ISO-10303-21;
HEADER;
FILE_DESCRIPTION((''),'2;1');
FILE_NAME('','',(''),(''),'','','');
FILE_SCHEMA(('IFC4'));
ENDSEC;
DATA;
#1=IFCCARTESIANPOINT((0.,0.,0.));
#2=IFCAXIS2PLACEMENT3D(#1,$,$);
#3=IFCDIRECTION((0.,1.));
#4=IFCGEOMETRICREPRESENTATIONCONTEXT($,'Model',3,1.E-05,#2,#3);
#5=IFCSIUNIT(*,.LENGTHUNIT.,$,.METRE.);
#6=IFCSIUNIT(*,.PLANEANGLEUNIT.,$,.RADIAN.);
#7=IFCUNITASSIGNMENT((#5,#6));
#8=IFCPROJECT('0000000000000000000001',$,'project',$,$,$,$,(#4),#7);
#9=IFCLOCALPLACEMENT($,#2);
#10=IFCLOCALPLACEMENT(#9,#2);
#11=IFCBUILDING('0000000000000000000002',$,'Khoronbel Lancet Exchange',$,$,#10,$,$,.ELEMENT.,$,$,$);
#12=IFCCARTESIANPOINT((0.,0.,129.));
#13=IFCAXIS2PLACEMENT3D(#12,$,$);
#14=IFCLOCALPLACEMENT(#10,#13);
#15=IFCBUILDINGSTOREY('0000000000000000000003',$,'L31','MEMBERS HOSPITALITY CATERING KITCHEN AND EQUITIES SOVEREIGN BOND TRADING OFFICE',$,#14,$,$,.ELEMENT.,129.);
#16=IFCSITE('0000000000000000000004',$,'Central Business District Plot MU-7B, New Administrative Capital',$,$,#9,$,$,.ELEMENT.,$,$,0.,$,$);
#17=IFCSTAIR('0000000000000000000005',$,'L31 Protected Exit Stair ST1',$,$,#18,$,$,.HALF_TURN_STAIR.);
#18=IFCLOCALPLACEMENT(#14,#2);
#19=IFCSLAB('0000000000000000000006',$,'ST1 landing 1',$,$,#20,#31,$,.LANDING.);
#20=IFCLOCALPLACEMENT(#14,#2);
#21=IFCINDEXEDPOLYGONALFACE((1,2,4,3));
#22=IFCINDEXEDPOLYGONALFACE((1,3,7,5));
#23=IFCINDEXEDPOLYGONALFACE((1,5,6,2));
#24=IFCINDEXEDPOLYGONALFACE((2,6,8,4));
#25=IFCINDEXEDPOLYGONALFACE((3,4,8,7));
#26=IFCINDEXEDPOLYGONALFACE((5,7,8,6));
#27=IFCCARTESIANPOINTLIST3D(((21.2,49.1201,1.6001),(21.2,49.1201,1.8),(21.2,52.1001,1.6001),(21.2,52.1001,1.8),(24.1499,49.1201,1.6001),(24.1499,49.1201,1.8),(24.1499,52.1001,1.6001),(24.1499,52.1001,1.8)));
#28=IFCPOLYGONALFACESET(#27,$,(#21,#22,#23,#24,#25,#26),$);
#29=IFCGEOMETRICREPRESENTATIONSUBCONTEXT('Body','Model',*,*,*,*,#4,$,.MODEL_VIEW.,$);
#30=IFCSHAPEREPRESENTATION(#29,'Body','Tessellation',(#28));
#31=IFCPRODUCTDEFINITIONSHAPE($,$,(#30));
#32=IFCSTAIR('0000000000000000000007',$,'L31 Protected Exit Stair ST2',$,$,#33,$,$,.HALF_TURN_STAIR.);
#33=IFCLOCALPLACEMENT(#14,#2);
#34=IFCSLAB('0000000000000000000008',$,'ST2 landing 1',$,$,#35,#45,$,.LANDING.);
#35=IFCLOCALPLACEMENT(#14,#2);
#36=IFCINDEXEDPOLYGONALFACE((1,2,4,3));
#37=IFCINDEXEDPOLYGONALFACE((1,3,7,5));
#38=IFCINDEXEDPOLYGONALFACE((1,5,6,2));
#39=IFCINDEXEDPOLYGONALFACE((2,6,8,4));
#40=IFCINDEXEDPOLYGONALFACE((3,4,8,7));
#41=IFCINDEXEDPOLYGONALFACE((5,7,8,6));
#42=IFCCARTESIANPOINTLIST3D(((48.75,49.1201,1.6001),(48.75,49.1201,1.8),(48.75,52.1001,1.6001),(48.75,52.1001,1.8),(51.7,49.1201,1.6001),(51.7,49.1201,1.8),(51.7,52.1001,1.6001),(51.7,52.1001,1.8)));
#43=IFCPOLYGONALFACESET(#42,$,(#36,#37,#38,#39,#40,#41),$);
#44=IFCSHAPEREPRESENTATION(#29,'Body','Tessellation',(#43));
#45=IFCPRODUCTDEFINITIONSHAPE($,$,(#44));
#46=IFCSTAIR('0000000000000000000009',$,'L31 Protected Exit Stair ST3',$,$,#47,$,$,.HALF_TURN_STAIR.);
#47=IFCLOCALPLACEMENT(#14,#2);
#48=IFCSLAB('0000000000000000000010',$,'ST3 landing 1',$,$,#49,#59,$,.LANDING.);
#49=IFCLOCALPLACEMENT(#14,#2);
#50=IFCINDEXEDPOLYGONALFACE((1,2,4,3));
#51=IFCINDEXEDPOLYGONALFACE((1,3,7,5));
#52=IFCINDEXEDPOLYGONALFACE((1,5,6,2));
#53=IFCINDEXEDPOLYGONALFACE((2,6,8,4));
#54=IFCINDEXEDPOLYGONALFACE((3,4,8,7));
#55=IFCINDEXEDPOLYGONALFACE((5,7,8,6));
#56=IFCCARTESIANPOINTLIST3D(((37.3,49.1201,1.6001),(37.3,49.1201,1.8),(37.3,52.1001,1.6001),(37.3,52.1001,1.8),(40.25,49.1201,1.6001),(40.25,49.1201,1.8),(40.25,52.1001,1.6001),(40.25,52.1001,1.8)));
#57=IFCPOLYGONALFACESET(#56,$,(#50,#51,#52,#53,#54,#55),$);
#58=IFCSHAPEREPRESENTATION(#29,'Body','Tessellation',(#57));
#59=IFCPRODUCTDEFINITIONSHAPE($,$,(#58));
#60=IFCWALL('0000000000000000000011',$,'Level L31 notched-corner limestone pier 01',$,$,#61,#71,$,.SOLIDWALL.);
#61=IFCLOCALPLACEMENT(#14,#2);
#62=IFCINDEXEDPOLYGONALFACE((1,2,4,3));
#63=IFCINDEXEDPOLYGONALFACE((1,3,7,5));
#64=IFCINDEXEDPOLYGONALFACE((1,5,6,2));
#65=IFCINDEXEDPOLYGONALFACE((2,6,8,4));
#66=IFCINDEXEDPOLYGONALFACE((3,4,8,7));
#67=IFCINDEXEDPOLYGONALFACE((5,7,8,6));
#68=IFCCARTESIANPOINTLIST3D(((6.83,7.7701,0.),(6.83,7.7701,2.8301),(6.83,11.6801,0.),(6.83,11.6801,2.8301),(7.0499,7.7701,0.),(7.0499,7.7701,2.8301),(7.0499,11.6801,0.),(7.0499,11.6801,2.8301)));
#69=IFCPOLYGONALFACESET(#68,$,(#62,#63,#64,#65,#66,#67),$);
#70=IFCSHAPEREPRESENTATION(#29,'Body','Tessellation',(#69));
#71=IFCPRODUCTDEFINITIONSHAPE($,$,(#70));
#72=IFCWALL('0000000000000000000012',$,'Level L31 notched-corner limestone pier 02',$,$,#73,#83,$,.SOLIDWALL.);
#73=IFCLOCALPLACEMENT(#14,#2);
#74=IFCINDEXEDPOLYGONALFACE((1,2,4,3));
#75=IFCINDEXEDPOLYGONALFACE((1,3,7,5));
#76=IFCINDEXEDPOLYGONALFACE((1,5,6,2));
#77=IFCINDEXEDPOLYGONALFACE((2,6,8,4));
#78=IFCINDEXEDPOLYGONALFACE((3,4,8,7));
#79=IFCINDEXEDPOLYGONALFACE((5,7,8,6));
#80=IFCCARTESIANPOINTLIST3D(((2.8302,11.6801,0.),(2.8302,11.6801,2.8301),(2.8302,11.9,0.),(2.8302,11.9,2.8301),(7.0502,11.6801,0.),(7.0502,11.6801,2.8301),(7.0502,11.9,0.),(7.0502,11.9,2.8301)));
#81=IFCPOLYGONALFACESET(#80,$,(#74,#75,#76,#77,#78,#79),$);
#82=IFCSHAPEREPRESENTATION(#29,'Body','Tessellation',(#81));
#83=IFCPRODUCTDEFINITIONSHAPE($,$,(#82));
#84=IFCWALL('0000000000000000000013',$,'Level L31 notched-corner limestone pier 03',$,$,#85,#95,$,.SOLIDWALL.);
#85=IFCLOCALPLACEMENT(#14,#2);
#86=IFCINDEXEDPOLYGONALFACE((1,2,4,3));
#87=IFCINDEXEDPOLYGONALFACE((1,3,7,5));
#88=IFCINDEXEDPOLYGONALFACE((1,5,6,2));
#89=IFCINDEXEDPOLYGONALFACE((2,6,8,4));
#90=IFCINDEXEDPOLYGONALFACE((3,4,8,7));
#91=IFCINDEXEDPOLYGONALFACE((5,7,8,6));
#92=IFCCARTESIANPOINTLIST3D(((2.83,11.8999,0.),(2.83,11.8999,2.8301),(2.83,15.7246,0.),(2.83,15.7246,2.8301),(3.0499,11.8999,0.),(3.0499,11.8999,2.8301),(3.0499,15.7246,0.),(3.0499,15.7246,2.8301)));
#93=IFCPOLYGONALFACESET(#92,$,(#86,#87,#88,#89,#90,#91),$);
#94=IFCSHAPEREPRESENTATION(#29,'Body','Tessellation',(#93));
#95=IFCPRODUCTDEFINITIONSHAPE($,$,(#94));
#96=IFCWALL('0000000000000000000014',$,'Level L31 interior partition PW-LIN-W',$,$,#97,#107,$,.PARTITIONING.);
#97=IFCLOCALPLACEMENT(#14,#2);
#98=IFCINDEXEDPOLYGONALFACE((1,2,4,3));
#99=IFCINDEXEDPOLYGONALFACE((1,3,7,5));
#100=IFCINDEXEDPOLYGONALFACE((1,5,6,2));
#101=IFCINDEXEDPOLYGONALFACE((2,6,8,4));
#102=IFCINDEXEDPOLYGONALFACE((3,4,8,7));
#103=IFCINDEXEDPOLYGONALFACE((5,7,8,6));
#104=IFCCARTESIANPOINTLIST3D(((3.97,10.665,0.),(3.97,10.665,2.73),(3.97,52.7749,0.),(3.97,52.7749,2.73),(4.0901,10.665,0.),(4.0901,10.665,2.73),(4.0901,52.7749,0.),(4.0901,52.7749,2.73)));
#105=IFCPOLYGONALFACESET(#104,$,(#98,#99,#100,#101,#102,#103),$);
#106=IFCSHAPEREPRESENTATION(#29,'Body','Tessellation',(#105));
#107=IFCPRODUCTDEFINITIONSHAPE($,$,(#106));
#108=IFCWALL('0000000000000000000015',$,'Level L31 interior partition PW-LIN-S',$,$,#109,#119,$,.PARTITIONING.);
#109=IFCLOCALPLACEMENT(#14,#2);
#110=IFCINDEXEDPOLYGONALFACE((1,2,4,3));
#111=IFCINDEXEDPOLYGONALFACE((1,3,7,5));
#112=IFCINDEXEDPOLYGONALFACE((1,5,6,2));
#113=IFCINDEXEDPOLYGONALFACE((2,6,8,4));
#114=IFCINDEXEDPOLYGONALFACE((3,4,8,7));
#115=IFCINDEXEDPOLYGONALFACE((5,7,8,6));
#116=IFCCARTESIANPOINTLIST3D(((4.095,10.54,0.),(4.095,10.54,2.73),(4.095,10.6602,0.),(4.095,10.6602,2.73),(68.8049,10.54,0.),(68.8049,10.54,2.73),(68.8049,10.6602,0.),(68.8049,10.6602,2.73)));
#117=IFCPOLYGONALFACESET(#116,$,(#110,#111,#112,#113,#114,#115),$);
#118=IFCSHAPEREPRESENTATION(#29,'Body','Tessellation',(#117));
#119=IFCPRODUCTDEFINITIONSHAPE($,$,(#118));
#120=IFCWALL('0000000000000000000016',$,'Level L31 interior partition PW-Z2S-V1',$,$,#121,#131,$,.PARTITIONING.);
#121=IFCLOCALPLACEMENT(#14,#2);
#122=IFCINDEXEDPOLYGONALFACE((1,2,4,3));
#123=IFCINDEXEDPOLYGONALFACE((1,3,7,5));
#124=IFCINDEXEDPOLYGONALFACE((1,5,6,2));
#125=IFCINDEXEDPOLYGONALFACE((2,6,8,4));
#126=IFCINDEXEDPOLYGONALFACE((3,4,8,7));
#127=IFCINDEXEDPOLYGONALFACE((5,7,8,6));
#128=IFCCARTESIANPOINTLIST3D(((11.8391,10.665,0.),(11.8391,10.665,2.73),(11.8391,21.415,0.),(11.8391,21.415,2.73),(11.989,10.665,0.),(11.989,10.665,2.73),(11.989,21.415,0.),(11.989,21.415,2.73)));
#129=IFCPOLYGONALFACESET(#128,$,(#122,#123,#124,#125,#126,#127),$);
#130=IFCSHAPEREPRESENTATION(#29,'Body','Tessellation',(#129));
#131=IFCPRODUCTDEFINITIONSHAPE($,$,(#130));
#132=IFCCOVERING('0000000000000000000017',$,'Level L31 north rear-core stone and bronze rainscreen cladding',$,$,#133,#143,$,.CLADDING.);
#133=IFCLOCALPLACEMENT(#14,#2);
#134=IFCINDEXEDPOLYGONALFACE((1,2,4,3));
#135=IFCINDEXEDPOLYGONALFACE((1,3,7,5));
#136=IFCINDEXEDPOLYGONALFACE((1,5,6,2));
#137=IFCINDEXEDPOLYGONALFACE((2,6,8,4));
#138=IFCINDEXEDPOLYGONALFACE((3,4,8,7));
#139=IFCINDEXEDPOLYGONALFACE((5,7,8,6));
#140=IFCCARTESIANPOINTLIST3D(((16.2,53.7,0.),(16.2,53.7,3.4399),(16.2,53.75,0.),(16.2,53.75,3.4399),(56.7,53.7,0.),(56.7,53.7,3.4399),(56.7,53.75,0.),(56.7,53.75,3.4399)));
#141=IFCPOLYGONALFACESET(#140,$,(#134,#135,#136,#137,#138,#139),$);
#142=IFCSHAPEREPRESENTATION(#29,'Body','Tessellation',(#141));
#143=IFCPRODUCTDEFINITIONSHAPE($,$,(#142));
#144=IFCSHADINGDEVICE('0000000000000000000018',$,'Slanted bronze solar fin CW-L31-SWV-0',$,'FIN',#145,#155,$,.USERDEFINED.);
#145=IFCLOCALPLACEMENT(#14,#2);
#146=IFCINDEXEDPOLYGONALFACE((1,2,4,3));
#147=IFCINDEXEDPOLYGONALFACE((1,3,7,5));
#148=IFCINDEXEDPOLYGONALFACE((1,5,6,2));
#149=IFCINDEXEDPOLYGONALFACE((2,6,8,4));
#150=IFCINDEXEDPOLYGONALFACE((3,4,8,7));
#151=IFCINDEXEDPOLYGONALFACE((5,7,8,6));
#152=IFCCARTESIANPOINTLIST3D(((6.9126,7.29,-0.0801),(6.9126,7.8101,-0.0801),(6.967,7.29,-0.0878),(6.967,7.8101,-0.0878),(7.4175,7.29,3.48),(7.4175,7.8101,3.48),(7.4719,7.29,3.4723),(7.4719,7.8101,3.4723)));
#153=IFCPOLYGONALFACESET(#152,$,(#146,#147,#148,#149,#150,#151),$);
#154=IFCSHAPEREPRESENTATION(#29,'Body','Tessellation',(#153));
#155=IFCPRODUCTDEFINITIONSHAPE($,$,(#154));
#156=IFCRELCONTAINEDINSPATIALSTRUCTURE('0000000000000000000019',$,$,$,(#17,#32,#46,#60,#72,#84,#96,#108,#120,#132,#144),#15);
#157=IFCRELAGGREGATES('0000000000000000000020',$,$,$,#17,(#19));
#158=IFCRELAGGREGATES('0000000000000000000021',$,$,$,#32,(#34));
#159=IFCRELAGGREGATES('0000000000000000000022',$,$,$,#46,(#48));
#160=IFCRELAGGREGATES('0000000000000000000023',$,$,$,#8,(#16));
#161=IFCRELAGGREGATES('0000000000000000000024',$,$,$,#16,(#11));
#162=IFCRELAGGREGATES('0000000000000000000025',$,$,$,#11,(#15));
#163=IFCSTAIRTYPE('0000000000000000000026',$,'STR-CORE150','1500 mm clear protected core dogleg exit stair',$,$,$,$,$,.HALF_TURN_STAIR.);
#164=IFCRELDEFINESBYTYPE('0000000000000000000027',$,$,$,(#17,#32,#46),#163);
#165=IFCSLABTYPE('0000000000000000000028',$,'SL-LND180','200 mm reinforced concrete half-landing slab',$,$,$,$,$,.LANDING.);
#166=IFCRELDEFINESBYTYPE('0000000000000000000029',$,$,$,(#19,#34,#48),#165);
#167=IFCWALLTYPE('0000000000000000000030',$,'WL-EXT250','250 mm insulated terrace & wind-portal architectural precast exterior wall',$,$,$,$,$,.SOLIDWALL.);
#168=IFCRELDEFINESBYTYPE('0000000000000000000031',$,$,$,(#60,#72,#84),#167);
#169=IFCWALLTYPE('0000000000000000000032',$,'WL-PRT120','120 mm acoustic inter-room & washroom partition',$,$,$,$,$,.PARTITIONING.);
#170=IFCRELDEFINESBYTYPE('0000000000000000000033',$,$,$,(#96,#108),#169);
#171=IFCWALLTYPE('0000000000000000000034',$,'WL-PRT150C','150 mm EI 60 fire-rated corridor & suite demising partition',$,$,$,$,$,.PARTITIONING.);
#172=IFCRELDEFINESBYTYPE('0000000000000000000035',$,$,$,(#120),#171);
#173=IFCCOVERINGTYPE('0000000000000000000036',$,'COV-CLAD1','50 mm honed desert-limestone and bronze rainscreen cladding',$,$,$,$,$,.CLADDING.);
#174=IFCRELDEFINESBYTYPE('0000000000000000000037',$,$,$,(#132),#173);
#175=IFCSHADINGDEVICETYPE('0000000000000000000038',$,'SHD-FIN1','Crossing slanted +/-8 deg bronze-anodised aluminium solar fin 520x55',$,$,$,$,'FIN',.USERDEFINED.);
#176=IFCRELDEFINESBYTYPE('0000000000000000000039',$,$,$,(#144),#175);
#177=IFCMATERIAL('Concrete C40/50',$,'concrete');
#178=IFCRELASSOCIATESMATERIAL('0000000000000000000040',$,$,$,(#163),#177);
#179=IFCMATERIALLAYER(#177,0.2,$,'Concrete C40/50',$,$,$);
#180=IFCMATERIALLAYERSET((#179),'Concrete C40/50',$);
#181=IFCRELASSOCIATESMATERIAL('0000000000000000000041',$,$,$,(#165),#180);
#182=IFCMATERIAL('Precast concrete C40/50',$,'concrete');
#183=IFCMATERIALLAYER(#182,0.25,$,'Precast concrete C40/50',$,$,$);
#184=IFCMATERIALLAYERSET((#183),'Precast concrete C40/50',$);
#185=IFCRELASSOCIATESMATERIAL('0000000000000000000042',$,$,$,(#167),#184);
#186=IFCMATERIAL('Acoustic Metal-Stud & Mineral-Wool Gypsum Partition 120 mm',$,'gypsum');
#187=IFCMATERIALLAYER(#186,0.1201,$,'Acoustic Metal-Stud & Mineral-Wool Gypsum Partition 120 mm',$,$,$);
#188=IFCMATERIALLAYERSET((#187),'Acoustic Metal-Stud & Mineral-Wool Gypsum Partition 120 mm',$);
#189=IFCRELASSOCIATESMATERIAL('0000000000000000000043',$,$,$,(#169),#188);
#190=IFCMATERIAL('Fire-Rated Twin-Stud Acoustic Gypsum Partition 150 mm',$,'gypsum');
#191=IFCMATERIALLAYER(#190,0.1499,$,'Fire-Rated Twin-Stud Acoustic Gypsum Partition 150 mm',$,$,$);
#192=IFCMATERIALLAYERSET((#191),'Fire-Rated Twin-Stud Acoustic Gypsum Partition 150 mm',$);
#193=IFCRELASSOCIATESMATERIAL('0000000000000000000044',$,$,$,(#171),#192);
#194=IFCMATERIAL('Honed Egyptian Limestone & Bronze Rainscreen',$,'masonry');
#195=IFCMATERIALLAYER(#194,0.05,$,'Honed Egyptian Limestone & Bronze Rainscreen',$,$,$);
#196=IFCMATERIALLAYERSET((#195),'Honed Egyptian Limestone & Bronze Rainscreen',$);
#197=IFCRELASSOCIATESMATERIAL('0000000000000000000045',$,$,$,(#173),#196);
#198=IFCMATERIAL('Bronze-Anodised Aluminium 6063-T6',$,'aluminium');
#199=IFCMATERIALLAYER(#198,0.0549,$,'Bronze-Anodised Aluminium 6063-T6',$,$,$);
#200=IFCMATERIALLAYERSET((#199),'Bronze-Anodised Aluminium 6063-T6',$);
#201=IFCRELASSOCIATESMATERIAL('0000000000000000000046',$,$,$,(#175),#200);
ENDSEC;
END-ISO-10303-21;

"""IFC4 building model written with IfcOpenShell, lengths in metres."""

from ifc_helpers import new_model, si_unit, direction, frame, frame_2d, origin, place, context, subcontext, project, spatial, polyline, rectangle, outline, extrude, material, layer, layer_set, type_object, element, aggregate, save


model = new_model("IFC4")

# Units and contexts
model_context = context("Model", 3, precision=1e-05, world=origin(), true_north=direction((0.0, 1.0)))
body_context = subcontext(model_context, "Body", "Model", "MODEL_VIEW")
ifc_project = project(units=[si_unit("LENGTHUNIT", "METRE"), si_unit("PLANEANGLEUNIT", "RADIAN")], contexts=[model_context])

# Site, building, storey
site_placement = place(None, origin())
site = spatial("IfcSite", under=ifc_project, at=site_placement, Name="Central Business District Plot MU-7B, New Administrative Capital", CompositionType="ELEMENT", RefElevation=0.0)
building_placement = place(site_placement, origin())
building = spatial("IfcBuilding", under=site, at=building_placement, Name="Khoronbel Lancet Exchange", CompositionType="ELEMENT")
storey_placement = place(building_placement, frame((0.0, 0.0, 129.0)))
storey = spatial("IfcBuildingStorey", under=building, at=storey_placement, Name="L31", Description="MEMBERS HOSPITALITY CATERING KITCHEN AND EQUITIES SOVEREIGN BOND TRADING OFFICE", CompositionType="ELEMENT", Elevation=129.0)

# Shared definitions
ifc_material_1 = material(Name="Bronze-Anodised Aluminium 6063-T6", Category="aluminium")

# Shared definitions
ifc_material_2 = material(Name="Concrete C40/50", Category="concrete")

# Stairs, slabs
stair_type = type_object("IfcStairType", Name="STR-CORE150", Description="1500 mm clear protected core dogleg exit stair", PredefinedType="HALF_TURN_STAIR", material=ifc_material_2)
stair_1_placement = place(storey_placement, origin())
stair_1 = element("IfcStair", 1, at=stair_1_placement, inside=storey, type_object=stair_type, Name="L31 Protected Exit Stair ST1", PredefinedType="HALF_TURN_STAIR")
ifc_layer_1 = layer(ifc_material_2, 0.2, Name="Concrete C40/50")
ifc_layer_set_1 = layer_set([ifc_layer_1], Name="Concrete C40/50")
slab_type_1 = type_object("IfcSlabType", Name="SL-LND180", Description="200 mm reinforced concrete half-landing slab", PredefinedType="LANDING", material=ifc_layer_set_1)
slab_1_placement = place(storey_placement, frame((0.0, 0.0, 1.6001)))
slab_1 = element("IfcSlab", 2, at=slab_1_placement, type_object=slab_type_1, Name="ST1 landing 1", PredefinedType="LANDING", context=body_context, shape_type="SweptSolid", body=[
    extrude(outline(polyline([(21.2, 49.1201), (24.1499, 49.1201), (24.1499, 52.1001), (21.2, 52.1001), (21.2, 49.1201)])), origin(), (0.0, 0.0, 1.0), 0.2),
])
aggregate(stair_1, [slab_1])
stair_2_placement = place(storey_placement, origin())
stair_2 = element("IfcStair", 3, at=stair_2_placement, inside=storey, type_object=stair_type, Name="L31 Protected Exit Stair ST2", PredefinedType="HALF_TURN_STAIR")
slab_2_placement = place(storey_placement, frame((0.0, 0.0, 1.6001)))
slab_2 = element("IfcSlab", 4, at=slab_2_placement, type_object=slab_type_1, Name="ST2 landing 1", PredefinedType="LANDING", context=body_context, shape_type="SweptSolid", body=[
    extrude(outline(polyline([(51.7, 52.1001), (48.75, 52.1001), (48.75, 49.1201), (51.7, 49.1201), (51.7, 52.1001)])), origin(), (0.0, 0.0, 1.0), 0.2),
])
aggregate(stair_2, [slab_2])
stair_3_placement = place(storey_placement, origin())
stair_3 = element("IfcStair", 5, at=stair_3_placement, inside=storey, type_object=stair_type, Name="L31 Protected Exit Stair ST3", PredefinedType="HALF_TURN_STAIR")
slab_3_placement = place(storey_placement, frame((0.0, 0.0, 1.6001)))
slab_3 = element("IfcSlab", 6, at=slab_3_placement, type_object=slab_type_1, Name="ST3 landing 1", PredefinedType="LANDING", context=body_context, shape_type="SweptSolid", body=[
    extrude(outline(polyline([(37.3, 49.1201), (40.25, 49.1201), (40.25, 52.1001), (37.3, 52.1001), (37.3, 49.1201)])), origin(), (0.0, 0.0, 1.0), 0.2),
])
aggregate(stair_3, [slab_3])

# Walls
ifc_material_3 = material(Name="Precast concrete C40/50", Category="concrete")
ifc_layer_2 = layer(ifc_material_3, 0.25, Name="Precast concrete C40/50")
ifc_layer_set_2 = layer_set([ifc_layer_2], Name="Precast concrete C40/50")
wall_type_1 = type_object("IfcWallType", Name="WL-EXT250", Description="250 mm insulated terrace & wind-portal architectural precast exterior wall", PredefinedType="SOLIDWALL", material=ifc_layer_set_2)
wall_1_placement = place(storey_placement, frame((6.9399, 7.77, 0.0), z_axis=(0.0, 0.0, 1.0), x_axis=(0.0, 1.0, 0.0)))
element("IfcWall", 7, at=wall_1_placement, inside=storey, type_object=wall_type_1, Name="Level L31 notched-corner limestone pier 01", PredefinedType="SOLIDWALL", context=body_context, shape_type="SweptSolid", body=[
    extrude(rectangle(XDim=3.9099, YDim=0.22, at=frame_2d((1.9551, 0.0))), origin(), (0.0, 0.0, 1.0), 2.8301),
])
wall_2_placement = place(storey_placement, frame((7.05, 11.79, 0.0), z_axis=(0.0, 0.0, 1.0), x_axis=(-1.0, 0.0, 0.0)))
element("IfcWall", 8, at=wall_2_placement, inside=storey, type_object=wall_type_1, Name="Level L31 notched-corner limestone pier 02", PredefinedType="SOLIDWALL", context=body_context, shape_type="SweptSolid", body=[
    extrude(rectangle(XDim=4.22, YDim=0.22, at=frame_2d((2.1099, 0.0))), origin(), (0.0, 0.0, 1.0), 2.8301),
])
wall_3_placement = place(storey_placement, frame((2.9399, 11.8999, 0.0), z_axis=(0.0, 0.0, 1.0), x_axis=(0.0, 1.0, 0.0)))
element("IfcWall", 9, at=wall_3_placement, inside=storey, type_object=wall_type_1, Name="Level L31 notched-corner limestone pier 03", PredefinedType="SOLIDWALL", context=body_context, shape_type="SweptSolid", body=[
    extrude(rectangle(XDim=3.8247, YDim=0.22, at=frame_2d((1.9124, 0.0))), origin(), (0.0, 0.0, 1.0), 2.8301),
])
ifc_material_4 = material(Name="Acoustic Metal-Stud & Mineral-Wool Gypsum Partition 120 mm", Category="gypsum")
ifc_layer_3 = layer(ifc_material_4, 0.1201, Name="Acoustic Metal-Stud & Mineral-Wool Gypsum Partition 120 mm")
ifc_layer_set_3 = layer_set([ifc_layer_3], Name="Acoustic Metal-Stud & Mineral-Wool Gypsum Partition 120 mm")
wall_type_2 = type_object("IfcWallType", Name="WL-PRT120", Description="120 mm acoustic inter-room & washroom partition", PredefinedType="PARTITIONING", material=ifc_layer_set_3)
wall_4_placement = place(storey_placement, frame((4.03, 10.665, 0.0), z_axis=(0.0, 0.0, 1.0), x_axis=(0.0, 1.0, 0.0)))
element("IfcWall", 10, at=wall_4_placement, inside=storey, type_object=wall_type_2, Name="Level L31 interior partition PW-LIN-W", PredefinedType="PARTITIONING", context=body_context, shape_type="SweptSolid", body=[
    extrude(rectangle(XDim=42.1099, YDim=0.1201, at=frame_2d((21.0549, 0.0))), origin(), (0.0, 0.0, 1.0), 2.73),
])
wall_5_placement = place(storey_placement, frame((4.095, 10.6001, 0.0), z_axis=(0.0, 0.0, 1.0), x_axis=(1.0, 0.0, 0.0)))
element("IfcWall", 11, at=wall_5_placement, inside=storey, type_object=wall_type_2, Name="Level L31 interior partition PW-LIN-S", PredefinedType="PARTITIONING", context=body_context, shape_type="SweptSolid", body=[
    extrude(rectangle(XDim=64.71, YDim=0.1201, at=frame_2d((32.355, 0.0))), origin(), (0.0, 0.0, 1.0), 2.73),
])
ifc_material_5 = material(Name="Fire-Rated Twin-Stud Acoustic Gypsum Partition 150 mm", Category="gypsum")
ifc_layer_4 = layer(ifc_material_5, 0.1499, Name="Fire-Rated Twin-Stud Acoustic Gypsum Partition 150 mm")
ifc_layer_set_4 = layer_set([ifc_layer_4], Name="Fire-Rated Twin-Stud Acoustic Gypsum Partition 150 mm")
wall_type_3 = type_object("IfcWallType", Name="WL-PRT150C", Description="150 mm EI 60 fire-rated corridor & suite demising partition", PredefinedType="PARTITIONING", material=ifc_layer_set_4)
wall_6_placement = place(storey_placement, frame((11.9141, 10.665, 0.0), z_axis=(0.0, 0.0, 1.0), x_axis=(0.0, 1.0, 0.0)))
element("IfcWall", 12, at=wall_6_placement, inside=storey, type_object=wall_type_3, Name="Level L31 interior partition PW-Z2S-V1", PredefinedType="PARTITIONING", context=body_context, shape_type="SweptSolid", body=[
    extrude(rectangle(XDim=10.75, YDim=0.1499, at=frame_2d((5.375, 0.0))), origin(), (0.0, 0.0, 1.0), 2.73),
])

# Covering
ifc_material_6 = material(Name="Honed Egyptian Limestone & Bronze Rainscreen", Category="masonry")
ifc_layer_5 = layer(ifc_material_6, 0.05, Name="Honed Egyptian Limestone & Bronze Rainscreen")
ifc_layer_set_5 = layer_set([ifc_layer_5], Name="Honed Egyptian Limestone & Bronze Rainscreen")
covering_type = type_object("IfcCoveringType", Name="COV-CLAD1", Description="50 mm honed desert-limestone and bronze rainscreen cladding", PredefinedType="CLADDING", material=ifc_layer_set_5)
covering_placement = place(storey_placement, origin())
element("IfcCovering", 13, at=covering_placement, inside=storey, type_object=covering_type, Name="Level L31 north rear-core stone and bronze rainscreen cladding", PredefinedType="CLADDING", context=body_context, shape_type="SweptSolid", body=[
    extrude(outline(polyline([(16.2, 53.7), (56.7, 53.7), (56.7, 53.75), (16.2, 53.75), (16.2, 53.7)])), origin(), (0.0, 0.0, 1.0), 3.4399),
])

# Shading device
ifc_layer_6 = layer(ifc_material_1, 0.0549, Name="Bronze-Anodised Aluminium 6063-T6")
ifc_layer_set_6 = layer_set([ifc_layer_6], Name="Bronze-Anodised Aluminium 6063-T6")
shading_device_type = type_object("IfcShadingDeviceType", Name="SHD-FIN1", Description="Crossing slanted +/-8 deg bronze-anodised aluminium solar fin 520x55", ElementType="FIN", PredefinedType="USERDEFINED", material=ifc_layer_set_6)
shading_device_placement = place(storey_placement, frame((6.9126, 7.8101, -0.0801), z_axis=(-0.990093, 0.0, 0.140414), x_axis=(0.0, -1.0, 0.0)))
element("IfcShadingDevice", 14, at=shading_device_placement, inside=storey, type_object=shading_device_type, Name="Slanted bronze solar fin CW-L31-SWV-0", ObjectType="FIN", PredefinedType="USERDEFINED", context=body_context, shape_type="SweptSolid", body=[
    extrude(outline(polyline([(0.0, 0.0), (0.52, 0.0), (0.52, 3.5957), (0.0, 3.5957), (0.0, 0.0)])), origin(), (0.0, 0.0, -1.0), 0.0549),
])

save(model, "model.ifc")
